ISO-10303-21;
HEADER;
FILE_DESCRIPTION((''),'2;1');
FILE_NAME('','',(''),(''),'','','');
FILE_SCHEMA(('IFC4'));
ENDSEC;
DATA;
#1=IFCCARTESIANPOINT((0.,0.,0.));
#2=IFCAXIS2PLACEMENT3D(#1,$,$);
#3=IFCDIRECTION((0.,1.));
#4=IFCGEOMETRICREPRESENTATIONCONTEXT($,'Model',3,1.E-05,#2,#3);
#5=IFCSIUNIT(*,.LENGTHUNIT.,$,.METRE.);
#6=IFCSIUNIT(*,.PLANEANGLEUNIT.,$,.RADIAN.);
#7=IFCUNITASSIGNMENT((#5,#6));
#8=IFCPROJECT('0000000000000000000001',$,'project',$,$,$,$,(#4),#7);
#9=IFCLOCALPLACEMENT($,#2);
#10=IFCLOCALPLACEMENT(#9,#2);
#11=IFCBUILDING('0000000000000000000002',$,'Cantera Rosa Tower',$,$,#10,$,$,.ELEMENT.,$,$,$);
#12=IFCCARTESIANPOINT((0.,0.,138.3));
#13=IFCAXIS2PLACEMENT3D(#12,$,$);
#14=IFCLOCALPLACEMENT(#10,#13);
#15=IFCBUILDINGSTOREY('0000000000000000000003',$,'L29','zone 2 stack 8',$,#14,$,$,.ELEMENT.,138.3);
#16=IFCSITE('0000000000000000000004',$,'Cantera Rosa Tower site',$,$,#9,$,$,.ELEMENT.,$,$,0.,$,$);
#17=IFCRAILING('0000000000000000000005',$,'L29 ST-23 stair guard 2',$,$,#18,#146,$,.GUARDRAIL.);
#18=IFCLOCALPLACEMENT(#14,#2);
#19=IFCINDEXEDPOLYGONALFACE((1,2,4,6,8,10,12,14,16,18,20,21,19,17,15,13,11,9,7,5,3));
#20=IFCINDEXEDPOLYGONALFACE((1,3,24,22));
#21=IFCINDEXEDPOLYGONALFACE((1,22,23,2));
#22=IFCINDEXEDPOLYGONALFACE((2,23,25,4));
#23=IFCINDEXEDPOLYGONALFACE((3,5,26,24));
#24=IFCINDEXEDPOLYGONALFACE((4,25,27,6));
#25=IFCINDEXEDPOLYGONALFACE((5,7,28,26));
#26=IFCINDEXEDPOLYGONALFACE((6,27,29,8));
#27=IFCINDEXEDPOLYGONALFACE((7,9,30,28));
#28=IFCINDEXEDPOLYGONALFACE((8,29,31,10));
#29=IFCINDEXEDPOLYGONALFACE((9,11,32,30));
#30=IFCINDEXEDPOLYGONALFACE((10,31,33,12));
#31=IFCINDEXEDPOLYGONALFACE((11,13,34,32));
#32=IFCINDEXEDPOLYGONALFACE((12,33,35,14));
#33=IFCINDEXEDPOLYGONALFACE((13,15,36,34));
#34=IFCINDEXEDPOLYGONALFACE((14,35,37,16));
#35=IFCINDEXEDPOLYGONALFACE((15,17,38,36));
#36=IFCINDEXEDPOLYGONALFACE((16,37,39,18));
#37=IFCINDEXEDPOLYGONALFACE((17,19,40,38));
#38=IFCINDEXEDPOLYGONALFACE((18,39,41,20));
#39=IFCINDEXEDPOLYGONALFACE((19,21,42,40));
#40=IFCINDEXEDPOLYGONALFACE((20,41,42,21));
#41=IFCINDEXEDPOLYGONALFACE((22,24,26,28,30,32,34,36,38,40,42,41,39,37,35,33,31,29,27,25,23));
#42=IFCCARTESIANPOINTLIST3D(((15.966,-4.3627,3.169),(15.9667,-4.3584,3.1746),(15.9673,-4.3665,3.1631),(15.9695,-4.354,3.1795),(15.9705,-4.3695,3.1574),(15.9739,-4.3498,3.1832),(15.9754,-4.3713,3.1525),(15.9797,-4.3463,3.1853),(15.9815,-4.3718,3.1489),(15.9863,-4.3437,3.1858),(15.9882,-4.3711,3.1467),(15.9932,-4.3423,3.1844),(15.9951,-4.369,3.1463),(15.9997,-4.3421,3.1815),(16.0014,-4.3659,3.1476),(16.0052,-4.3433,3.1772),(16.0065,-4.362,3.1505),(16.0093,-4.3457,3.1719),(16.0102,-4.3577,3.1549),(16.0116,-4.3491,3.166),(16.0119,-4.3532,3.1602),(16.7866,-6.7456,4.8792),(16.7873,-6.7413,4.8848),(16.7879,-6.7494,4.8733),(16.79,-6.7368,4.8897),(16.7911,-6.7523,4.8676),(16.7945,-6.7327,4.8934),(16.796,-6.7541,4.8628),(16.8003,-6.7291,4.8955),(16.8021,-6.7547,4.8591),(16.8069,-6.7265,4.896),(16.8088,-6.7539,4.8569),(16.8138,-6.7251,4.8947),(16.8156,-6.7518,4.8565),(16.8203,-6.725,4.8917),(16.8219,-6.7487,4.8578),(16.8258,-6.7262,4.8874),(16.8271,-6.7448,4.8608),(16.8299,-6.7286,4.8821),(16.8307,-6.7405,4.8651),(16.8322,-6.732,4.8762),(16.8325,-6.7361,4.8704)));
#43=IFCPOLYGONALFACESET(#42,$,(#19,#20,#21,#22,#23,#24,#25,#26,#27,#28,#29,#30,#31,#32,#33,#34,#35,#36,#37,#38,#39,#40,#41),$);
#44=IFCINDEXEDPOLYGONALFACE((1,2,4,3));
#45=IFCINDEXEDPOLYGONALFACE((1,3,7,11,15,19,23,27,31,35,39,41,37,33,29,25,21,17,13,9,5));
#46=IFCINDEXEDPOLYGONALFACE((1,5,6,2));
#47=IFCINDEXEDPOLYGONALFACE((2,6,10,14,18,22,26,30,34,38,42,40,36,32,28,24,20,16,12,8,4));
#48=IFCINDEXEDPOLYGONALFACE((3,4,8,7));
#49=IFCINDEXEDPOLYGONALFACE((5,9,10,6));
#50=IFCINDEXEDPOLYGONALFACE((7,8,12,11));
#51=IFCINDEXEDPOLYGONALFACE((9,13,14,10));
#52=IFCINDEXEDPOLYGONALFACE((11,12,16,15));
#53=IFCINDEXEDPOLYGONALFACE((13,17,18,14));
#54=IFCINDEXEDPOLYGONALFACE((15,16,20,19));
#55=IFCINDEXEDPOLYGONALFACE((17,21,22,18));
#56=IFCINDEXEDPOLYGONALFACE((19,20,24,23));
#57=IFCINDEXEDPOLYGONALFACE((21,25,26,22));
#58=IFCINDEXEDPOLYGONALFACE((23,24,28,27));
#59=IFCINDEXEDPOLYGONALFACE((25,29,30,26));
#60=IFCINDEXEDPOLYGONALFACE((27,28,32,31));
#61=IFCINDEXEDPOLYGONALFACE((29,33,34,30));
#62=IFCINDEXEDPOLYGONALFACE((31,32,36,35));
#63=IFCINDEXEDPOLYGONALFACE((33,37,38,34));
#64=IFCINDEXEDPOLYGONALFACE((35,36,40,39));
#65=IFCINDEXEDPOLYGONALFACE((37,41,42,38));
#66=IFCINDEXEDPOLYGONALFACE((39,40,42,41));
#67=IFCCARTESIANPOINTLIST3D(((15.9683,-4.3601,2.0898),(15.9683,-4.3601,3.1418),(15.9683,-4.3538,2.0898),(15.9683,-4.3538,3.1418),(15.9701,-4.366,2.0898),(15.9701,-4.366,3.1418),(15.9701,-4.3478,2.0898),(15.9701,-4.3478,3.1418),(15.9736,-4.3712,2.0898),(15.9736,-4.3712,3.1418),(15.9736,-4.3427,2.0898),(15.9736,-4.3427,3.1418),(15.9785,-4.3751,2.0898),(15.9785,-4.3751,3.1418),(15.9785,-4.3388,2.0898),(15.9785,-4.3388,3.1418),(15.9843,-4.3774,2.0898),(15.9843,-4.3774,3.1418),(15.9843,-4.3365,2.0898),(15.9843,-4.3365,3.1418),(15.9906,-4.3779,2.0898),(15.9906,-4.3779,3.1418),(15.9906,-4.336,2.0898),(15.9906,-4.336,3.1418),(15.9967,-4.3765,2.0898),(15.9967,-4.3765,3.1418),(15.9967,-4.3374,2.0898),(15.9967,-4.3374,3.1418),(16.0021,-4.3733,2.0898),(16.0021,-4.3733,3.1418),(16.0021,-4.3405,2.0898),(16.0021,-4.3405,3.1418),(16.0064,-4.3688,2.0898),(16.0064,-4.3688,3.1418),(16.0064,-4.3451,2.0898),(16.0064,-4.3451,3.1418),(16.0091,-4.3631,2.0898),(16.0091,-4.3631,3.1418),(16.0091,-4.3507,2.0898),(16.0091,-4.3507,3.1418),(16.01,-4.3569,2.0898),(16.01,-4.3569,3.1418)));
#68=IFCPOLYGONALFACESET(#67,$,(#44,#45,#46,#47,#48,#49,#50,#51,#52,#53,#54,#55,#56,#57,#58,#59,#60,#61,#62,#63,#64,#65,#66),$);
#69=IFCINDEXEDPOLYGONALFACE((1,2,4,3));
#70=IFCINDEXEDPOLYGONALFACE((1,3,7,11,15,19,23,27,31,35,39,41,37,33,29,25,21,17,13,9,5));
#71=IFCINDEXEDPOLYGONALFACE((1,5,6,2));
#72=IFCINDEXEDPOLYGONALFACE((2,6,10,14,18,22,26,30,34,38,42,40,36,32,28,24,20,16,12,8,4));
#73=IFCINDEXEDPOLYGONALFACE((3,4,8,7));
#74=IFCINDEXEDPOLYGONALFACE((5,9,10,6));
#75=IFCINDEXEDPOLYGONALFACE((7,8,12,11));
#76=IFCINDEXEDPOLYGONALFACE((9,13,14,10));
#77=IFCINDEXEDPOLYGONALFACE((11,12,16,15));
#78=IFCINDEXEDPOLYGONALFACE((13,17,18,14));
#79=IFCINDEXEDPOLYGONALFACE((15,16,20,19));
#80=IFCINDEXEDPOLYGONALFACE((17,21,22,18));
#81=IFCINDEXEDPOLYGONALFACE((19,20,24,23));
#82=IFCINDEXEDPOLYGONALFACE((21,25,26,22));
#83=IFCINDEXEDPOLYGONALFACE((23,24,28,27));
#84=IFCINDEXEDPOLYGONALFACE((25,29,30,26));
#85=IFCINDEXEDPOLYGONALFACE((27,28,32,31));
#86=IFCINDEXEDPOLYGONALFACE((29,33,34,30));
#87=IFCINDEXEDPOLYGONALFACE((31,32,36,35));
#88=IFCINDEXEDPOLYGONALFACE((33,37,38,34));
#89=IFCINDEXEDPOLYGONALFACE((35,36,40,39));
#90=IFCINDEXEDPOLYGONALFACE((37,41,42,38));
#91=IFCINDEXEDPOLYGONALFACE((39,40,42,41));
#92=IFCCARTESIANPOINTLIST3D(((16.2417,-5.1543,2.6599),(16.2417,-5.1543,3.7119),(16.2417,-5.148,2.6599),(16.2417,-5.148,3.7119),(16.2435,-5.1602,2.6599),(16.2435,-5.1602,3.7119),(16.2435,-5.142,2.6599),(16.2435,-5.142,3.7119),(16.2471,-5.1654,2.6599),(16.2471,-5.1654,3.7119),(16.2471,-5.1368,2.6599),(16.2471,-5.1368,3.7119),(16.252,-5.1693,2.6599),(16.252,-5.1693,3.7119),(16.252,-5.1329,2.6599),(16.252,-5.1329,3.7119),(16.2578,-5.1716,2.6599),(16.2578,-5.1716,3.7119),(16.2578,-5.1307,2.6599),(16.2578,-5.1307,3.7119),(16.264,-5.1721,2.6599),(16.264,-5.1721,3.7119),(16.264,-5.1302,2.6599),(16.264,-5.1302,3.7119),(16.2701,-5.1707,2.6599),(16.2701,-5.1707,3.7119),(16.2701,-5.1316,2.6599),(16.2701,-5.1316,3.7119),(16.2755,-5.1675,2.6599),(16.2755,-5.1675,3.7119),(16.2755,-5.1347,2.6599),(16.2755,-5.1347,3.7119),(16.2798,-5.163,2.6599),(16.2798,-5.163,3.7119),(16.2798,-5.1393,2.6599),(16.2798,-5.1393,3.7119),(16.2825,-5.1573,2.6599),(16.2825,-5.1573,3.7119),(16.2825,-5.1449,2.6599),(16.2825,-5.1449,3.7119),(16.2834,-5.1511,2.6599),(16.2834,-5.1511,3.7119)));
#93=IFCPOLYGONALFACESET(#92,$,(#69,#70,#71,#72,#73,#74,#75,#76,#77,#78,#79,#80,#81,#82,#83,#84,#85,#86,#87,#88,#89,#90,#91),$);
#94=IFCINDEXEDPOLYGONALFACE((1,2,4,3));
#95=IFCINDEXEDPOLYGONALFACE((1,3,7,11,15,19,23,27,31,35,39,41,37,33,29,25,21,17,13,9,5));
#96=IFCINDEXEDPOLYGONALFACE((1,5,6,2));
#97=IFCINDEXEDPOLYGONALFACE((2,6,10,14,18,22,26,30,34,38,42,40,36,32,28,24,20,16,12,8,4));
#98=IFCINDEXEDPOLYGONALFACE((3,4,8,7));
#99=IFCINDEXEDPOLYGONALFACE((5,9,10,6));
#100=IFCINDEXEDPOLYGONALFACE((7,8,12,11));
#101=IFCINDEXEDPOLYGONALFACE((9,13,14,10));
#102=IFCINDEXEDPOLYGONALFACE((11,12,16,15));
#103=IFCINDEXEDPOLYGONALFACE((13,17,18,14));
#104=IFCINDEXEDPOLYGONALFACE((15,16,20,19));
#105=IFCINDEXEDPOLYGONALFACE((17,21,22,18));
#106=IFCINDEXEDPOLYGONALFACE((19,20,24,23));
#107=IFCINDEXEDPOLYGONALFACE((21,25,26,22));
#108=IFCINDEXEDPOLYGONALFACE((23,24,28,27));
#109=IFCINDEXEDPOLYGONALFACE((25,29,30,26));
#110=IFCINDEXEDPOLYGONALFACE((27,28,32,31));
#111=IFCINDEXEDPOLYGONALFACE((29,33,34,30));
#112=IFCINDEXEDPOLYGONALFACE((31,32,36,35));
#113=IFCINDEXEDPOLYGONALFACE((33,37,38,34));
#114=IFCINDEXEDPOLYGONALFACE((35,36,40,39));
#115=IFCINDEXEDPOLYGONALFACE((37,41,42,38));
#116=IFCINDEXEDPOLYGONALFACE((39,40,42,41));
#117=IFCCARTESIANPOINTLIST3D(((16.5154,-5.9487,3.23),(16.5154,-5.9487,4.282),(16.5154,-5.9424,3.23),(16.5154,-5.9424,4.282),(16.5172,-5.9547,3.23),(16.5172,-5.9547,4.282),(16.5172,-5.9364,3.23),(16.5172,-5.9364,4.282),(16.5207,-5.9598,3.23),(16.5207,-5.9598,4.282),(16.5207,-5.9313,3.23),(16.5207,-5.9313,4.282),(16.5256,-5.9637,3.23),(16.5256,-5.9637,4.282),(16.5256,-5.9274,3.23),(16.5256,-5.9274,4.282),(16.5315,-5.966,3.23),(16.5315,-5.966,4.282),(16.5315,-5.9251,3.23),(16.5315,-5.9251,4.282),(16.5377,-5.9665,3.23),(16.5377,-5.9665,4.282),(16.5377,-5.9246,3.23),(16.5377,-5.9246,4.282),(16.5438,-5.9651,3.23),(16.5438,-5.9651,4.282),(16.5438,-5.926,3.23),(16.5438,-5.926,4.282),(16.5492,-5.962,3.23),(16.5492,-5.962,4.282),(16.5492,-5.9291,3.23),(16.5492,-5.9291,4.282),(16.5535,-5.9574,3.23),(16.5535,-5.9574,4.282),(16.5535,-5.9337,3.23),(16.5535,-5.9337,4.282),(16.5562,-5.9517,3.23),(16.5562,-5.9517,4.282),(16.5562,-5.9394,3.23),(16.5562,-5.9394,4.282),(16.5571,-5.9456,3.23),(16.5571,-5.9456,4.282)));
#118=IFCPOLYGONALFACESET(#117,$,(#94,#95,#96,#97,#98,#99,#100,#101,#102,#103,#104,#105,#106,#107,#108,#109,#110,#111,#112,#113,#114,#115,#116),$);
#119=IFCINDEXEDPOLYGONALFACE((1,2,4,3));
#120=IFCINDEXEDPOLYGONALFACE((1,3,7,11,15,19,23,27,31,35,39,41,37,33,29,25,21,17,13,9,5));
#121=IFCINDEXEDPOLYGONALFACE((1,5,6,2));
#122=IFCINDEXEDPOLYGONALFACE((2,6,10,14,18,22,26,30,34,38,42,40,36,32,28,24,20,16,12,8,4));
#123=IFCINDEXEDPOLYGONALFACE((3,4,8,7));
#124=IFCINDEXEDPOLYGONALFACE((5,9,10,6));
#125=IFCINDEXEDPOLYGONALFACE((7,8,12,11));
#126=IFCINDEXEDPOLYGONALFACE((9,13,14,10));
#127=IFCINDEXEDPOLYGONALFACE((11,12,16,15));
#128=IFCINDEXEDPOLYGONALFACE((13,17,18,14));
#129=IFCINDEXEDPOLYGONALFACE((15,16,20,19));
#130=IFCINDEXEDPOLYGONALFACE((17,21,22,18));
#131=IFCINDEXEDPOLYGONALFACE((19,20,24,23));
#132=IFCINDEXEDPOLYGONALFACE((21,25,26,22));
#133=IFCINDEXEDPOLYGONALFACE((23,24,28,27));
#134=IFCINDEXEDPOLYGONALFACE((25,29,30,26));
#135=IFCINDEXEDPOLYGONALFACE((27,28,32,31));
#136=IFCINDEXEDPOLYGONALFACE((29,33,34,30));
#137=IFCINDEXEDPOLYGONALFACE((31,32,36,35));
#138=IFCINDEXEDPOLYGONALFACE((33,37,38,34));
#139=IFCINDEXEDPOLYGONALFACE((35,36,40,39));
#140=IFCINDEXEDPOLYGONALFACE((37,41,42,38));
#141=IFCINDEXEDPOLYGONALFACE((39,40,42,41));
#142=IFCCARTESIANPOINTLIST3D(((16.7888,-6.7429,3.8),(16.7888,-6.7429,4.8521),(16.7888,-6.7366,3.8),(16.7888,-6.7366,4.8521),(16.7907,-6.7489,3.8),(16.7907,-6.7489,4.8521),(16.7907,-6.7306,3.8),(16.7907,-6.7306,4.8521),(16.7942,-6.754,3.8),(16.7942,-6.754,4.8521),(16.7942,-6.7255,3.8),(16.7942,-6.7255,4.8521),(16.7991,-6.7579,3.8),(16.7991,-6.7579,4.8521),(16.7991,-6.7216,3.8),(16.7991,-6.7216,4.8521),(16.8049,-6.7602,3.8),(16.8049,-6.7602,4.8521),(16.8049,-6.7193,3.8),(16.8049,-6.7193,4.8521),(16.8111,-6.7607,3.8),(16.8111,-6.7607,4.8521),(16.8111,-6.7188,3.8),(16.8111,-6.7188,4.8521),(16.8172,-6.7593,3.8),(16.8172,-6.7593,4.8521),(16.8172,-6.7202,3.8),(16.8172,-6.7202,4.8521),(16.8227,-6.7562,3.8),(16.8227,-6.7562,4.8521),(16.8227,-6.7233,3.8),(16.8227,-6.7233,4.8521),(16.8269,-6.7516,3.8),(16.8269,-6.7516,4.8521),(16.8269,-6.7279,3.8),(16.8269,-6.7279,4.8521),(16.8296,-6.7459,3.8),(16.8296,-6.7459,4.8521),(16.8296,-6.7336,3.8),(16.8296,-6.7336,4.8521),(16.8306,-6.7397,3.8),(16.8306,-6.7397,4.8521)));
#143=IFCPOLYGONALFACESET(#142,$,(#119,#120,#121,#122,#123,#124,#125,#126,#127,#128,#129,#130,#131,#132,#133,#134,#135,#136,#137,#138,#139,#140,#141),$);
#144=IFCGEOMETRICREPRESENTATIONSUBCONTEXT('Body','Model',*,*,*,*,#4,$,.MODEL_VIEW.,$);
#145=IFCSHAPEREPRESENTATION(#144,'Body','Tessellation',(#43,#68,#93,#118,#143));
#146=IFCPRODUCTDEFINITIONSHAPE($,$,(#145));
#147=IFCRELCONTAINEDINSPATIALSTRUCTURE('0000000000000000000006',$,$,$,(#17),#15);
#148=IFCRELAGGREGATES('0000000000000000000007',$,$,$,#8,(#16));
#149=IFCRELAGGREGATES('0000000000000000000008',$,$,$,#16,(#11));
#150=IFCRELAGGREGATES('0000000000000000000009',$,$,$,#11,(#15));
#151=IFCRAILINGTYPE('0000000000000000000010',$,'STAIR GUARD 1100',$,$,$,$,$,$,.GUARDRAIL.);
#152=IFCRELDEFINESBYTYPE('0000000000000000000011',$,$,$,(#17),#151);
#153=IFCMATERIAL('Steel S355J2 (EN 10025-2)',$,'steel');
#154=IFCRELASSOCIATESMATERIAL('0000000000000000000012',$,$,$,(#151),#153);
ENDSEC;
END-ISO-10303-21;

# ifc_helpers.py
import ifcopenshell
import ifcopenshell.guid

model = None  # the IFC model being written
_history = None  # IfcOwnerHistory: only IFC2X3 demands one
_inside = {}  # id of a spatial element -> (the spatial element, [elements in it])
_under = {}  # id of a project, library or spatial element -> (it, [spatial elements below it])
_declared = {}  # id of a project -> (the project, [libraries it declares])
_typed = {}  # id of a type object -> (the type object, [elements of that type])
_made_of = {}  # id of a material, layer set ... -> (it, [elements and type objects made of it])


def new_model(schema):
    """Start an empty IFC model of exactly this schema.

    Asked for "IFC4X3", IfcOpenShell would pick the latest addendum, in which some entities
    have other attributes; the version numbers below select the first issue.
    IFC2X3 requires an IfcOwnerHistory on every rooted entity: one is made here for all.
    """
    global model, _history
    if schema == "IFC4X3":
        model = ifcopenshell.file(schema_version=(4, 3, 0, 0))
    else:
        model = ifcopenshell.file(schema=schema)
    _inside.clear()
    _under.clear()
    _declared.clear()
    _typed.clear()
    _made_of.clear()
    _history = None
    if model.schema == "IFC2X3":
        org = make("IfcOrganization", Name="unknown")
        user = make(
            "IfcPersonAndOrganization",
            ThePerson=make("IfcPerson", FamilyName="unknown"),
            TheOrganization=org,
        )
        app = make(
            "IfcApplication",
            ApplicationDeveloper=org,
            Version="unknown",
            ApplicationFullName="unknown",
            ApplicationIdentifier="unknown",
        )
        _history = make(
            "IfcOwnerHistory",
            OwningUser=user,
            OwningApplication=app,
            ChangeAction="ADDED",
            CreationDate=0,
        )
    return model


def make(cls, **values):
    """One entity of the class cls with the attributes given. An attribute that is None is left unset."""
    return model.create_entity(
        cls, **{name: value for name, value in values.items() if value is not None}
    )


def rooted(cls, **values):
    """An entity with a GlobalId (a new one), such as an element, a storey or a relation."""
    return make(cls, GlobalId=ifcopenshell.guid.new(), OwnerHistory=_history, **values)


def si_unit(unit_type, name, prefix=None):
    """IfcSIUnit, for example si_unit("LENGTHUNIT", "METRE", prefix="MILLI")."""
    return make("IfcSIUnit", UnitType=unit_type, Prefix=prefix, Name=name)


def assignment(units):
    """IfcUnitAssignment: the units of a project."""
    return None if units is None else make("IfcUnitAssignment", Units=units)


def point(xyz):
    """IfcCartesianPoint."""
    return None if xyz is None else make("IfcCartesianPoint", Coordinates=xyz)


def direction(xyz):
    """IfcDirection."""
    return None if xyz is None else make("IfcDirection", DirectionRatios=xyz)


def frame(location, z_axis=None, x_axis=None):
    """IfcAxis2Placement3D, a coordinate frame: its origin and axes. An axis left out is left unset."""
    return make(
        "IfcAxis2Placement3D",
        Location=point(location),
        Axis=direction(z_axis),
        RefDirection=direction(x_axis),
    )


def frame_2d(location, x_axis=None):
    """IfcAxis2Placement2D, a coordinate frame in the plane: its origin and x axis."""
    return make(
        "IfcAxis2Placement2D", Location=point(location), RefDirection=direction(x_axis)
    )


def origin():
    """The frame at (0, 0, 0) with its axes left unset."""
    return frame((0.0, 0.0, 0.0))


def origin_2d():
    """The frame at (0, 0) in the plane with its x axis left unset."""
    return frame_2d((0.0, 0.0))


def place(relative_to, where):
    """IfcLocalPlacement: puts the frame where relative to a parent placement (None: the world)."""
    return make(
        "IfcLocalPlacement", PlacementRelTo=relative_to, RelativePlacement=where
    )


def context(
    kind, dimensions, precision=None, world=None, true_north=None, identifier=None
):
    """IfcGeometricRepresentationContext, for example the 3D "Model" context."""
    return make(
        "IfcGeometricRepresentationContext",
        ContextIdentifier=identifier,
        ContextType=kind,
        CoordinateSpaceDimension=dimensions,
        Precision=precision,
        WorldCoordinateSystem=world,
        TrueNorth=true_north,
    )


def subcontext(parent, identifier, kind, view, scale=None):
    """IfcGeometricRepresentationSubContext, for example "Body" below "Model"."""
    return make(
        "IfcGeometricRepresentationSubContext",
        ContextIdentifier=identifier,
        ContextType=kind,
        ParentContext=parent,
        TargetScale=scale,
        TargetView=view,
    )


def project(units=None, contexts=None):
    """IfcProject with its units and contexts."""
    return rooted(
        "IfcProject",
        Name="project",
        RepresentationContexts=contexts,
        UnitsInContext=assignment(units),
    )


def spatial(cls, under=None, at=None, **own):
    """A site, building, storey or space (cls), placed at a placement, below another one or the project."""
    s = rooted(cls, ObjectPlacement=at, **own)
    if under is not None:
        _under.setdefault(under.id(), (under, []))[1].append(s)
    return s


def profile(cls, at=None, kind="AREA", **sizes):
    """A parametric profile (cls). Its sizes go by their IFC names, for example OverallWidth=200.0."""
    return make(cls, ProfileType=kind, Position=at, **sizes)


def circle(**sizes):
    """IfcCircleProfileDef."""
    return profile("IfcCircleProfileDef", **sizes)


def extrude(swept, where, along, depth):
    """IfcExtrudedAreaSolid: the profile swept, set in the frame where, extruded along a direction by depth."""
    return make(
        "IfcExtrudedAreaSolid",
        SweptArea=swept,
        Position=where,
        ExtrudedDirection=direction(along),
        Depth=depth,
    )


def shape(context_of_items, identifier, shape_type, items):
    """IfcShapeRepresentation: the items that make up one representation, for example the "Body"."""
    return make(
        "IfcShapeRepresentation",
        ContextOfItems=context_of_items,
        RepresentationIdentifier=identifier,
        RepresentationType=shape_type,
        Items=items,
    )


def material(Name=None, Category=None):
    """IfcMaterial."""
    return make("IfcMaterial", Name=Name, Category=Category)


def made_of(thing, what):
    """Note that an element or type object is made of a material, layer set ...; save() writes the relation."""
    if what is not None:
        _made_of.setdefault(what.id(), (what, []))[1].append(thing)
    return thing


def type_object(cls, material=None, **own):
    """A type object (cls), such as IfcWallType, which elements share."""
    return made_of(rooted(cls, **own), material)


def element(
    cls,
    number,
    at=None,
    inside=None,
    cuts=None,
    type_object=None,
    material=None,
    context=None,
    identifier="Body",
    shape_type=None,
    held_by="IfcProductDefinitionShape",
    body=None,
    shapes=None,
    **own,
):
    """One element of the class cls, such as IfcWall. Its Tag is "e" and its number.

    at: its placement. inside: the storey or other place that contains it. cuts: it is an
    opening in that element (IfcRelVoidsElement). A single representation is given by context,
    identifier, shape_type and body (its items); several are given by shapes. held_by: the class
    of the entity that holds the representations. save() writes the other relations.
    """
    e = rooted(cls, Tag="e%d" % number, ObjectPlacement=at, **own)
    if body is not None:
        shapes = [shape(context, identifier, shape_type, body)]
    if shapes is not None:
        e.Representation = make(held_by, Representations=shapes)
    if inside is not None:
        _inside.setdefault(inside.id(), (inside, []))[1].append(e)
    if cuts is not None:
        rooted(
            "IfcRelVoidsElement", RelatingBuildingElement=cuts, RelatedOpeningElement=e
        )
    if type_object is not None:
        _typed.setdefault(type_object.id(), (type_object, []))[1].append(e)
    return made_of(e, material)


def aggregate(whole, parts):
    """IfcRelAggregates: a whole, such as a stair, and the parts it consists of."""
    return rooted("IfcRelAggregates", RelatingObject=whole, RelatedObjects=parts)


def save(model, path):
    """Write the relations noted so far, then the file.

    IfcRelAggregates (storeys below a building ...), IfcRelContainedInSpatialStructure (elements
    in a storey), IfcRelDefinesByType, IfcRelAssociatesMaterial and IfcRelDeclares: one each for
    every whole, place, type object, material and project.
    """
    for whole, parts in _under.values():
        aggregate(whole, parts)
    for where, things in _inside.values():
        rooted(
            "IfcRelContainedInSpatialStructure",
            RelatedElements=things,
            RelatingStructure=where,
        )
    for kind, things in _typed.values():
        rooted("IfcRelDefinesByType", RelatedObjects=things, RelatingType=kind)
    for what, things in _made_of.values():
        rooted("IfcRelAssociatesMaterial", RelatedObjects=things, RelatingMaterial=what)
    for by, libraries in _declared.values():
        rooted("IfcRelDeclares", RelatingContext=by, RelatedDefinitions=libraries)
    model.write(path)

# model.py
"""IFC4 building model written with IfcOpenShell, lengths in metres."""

from ifc_helpers import new_model, si_unit, direction, frame, origin, origin_2d, place, context, subcontext, project, spatial, circle, extrude, material, type_object, element, save


model = new_model("IFC4")

# Units and contexts
model_context = context("Model", 3, precision=1e-05, world=origin(), true_north=direction((0.0, 1.0)))
body_context = subcontext(model_context, "Body", "Model", "MODEL_VIEW")
ifc_project = project(units=[si_unit("LENGTHUNIT", "METRE"), si_unit("PLANEANGLEUNIT", "RADIAN")], contexts=[model_context])

# Site, building, storey
site_placement = place(None, origin())
site = spatial("IfcSite", under=ifc_project, at=site_placement, Name="Cantera Rosa Tower site", CompositionType="ELEMENT", RefElevation=0.0)
building_placement = place(site_placement, origin())
building = spatial("IfcBuilding", under=site, at=building_placement, Name="Cantera Rosa Tower", CompositionType="ELEMENT")
storey_placement = place(building_placement, frame((0.0, 0.0, 138.3)))
storey = spatial("IfcBuildingStorey", under=building, at=storey_placement, Name="L29", Description="zone 2 stack 8", CompositionType="ELEMENT", Elevation=138.3)

# Railing
ifc_material_1 = material(Name="Steel S355J2 (EN 10025-2)", Category="steel")
railing_type_1 = type_object("IfcRailingType", Name="STAIR GUARD 1100", PredefinedType="GUARDRAIL", material=ifc_material_1)
railing_1_placement = place(storey_placement, frame((15.989, -4.3569, 2.0898)))
element("IfcRailing", 1, at=railing_1_placement, inside=storey, type_object=railing_type_1, Name="L29 ST-23 stair guard 2", PredefinedType="GUARDRAIL", context=body_context, shape_type="SweptSolid", body=[
    extrude(circle(Radius=0.0239, at=origin_2d()), frame((0.0, 0.0, 1.0762), z_axis=(0.26942, -0.782369, 0.561526), x_axis=(0.945508, 0.3256, 0.0)), (0.0, 0.0, 1.0), 3.0457),
    extrude(circle(Radius=0.021, at=origin_2d()), origin(), (0.0, 0.0, 1.0), 1.052),
    extrude(circle(Radius=0.021, at=origin_2d()), frame((0.2734, -0.7942, 0.5701)), (0.0, 0.0, 1.0), 1.052),
    extrude(circle(Radius=0.021, at=origin_2d()), frame((0.5471, -1.5886, 1.1401)), (0.0, 0.0, 1.0), 1.052),
    extrude(circle(Radius=0.021, at=origin_2d()), frame((0.8206, -2.3828, 1.7102)), (0.0, 0.0, 1.0), 1.052),
])

save(model, "model.ifc")
